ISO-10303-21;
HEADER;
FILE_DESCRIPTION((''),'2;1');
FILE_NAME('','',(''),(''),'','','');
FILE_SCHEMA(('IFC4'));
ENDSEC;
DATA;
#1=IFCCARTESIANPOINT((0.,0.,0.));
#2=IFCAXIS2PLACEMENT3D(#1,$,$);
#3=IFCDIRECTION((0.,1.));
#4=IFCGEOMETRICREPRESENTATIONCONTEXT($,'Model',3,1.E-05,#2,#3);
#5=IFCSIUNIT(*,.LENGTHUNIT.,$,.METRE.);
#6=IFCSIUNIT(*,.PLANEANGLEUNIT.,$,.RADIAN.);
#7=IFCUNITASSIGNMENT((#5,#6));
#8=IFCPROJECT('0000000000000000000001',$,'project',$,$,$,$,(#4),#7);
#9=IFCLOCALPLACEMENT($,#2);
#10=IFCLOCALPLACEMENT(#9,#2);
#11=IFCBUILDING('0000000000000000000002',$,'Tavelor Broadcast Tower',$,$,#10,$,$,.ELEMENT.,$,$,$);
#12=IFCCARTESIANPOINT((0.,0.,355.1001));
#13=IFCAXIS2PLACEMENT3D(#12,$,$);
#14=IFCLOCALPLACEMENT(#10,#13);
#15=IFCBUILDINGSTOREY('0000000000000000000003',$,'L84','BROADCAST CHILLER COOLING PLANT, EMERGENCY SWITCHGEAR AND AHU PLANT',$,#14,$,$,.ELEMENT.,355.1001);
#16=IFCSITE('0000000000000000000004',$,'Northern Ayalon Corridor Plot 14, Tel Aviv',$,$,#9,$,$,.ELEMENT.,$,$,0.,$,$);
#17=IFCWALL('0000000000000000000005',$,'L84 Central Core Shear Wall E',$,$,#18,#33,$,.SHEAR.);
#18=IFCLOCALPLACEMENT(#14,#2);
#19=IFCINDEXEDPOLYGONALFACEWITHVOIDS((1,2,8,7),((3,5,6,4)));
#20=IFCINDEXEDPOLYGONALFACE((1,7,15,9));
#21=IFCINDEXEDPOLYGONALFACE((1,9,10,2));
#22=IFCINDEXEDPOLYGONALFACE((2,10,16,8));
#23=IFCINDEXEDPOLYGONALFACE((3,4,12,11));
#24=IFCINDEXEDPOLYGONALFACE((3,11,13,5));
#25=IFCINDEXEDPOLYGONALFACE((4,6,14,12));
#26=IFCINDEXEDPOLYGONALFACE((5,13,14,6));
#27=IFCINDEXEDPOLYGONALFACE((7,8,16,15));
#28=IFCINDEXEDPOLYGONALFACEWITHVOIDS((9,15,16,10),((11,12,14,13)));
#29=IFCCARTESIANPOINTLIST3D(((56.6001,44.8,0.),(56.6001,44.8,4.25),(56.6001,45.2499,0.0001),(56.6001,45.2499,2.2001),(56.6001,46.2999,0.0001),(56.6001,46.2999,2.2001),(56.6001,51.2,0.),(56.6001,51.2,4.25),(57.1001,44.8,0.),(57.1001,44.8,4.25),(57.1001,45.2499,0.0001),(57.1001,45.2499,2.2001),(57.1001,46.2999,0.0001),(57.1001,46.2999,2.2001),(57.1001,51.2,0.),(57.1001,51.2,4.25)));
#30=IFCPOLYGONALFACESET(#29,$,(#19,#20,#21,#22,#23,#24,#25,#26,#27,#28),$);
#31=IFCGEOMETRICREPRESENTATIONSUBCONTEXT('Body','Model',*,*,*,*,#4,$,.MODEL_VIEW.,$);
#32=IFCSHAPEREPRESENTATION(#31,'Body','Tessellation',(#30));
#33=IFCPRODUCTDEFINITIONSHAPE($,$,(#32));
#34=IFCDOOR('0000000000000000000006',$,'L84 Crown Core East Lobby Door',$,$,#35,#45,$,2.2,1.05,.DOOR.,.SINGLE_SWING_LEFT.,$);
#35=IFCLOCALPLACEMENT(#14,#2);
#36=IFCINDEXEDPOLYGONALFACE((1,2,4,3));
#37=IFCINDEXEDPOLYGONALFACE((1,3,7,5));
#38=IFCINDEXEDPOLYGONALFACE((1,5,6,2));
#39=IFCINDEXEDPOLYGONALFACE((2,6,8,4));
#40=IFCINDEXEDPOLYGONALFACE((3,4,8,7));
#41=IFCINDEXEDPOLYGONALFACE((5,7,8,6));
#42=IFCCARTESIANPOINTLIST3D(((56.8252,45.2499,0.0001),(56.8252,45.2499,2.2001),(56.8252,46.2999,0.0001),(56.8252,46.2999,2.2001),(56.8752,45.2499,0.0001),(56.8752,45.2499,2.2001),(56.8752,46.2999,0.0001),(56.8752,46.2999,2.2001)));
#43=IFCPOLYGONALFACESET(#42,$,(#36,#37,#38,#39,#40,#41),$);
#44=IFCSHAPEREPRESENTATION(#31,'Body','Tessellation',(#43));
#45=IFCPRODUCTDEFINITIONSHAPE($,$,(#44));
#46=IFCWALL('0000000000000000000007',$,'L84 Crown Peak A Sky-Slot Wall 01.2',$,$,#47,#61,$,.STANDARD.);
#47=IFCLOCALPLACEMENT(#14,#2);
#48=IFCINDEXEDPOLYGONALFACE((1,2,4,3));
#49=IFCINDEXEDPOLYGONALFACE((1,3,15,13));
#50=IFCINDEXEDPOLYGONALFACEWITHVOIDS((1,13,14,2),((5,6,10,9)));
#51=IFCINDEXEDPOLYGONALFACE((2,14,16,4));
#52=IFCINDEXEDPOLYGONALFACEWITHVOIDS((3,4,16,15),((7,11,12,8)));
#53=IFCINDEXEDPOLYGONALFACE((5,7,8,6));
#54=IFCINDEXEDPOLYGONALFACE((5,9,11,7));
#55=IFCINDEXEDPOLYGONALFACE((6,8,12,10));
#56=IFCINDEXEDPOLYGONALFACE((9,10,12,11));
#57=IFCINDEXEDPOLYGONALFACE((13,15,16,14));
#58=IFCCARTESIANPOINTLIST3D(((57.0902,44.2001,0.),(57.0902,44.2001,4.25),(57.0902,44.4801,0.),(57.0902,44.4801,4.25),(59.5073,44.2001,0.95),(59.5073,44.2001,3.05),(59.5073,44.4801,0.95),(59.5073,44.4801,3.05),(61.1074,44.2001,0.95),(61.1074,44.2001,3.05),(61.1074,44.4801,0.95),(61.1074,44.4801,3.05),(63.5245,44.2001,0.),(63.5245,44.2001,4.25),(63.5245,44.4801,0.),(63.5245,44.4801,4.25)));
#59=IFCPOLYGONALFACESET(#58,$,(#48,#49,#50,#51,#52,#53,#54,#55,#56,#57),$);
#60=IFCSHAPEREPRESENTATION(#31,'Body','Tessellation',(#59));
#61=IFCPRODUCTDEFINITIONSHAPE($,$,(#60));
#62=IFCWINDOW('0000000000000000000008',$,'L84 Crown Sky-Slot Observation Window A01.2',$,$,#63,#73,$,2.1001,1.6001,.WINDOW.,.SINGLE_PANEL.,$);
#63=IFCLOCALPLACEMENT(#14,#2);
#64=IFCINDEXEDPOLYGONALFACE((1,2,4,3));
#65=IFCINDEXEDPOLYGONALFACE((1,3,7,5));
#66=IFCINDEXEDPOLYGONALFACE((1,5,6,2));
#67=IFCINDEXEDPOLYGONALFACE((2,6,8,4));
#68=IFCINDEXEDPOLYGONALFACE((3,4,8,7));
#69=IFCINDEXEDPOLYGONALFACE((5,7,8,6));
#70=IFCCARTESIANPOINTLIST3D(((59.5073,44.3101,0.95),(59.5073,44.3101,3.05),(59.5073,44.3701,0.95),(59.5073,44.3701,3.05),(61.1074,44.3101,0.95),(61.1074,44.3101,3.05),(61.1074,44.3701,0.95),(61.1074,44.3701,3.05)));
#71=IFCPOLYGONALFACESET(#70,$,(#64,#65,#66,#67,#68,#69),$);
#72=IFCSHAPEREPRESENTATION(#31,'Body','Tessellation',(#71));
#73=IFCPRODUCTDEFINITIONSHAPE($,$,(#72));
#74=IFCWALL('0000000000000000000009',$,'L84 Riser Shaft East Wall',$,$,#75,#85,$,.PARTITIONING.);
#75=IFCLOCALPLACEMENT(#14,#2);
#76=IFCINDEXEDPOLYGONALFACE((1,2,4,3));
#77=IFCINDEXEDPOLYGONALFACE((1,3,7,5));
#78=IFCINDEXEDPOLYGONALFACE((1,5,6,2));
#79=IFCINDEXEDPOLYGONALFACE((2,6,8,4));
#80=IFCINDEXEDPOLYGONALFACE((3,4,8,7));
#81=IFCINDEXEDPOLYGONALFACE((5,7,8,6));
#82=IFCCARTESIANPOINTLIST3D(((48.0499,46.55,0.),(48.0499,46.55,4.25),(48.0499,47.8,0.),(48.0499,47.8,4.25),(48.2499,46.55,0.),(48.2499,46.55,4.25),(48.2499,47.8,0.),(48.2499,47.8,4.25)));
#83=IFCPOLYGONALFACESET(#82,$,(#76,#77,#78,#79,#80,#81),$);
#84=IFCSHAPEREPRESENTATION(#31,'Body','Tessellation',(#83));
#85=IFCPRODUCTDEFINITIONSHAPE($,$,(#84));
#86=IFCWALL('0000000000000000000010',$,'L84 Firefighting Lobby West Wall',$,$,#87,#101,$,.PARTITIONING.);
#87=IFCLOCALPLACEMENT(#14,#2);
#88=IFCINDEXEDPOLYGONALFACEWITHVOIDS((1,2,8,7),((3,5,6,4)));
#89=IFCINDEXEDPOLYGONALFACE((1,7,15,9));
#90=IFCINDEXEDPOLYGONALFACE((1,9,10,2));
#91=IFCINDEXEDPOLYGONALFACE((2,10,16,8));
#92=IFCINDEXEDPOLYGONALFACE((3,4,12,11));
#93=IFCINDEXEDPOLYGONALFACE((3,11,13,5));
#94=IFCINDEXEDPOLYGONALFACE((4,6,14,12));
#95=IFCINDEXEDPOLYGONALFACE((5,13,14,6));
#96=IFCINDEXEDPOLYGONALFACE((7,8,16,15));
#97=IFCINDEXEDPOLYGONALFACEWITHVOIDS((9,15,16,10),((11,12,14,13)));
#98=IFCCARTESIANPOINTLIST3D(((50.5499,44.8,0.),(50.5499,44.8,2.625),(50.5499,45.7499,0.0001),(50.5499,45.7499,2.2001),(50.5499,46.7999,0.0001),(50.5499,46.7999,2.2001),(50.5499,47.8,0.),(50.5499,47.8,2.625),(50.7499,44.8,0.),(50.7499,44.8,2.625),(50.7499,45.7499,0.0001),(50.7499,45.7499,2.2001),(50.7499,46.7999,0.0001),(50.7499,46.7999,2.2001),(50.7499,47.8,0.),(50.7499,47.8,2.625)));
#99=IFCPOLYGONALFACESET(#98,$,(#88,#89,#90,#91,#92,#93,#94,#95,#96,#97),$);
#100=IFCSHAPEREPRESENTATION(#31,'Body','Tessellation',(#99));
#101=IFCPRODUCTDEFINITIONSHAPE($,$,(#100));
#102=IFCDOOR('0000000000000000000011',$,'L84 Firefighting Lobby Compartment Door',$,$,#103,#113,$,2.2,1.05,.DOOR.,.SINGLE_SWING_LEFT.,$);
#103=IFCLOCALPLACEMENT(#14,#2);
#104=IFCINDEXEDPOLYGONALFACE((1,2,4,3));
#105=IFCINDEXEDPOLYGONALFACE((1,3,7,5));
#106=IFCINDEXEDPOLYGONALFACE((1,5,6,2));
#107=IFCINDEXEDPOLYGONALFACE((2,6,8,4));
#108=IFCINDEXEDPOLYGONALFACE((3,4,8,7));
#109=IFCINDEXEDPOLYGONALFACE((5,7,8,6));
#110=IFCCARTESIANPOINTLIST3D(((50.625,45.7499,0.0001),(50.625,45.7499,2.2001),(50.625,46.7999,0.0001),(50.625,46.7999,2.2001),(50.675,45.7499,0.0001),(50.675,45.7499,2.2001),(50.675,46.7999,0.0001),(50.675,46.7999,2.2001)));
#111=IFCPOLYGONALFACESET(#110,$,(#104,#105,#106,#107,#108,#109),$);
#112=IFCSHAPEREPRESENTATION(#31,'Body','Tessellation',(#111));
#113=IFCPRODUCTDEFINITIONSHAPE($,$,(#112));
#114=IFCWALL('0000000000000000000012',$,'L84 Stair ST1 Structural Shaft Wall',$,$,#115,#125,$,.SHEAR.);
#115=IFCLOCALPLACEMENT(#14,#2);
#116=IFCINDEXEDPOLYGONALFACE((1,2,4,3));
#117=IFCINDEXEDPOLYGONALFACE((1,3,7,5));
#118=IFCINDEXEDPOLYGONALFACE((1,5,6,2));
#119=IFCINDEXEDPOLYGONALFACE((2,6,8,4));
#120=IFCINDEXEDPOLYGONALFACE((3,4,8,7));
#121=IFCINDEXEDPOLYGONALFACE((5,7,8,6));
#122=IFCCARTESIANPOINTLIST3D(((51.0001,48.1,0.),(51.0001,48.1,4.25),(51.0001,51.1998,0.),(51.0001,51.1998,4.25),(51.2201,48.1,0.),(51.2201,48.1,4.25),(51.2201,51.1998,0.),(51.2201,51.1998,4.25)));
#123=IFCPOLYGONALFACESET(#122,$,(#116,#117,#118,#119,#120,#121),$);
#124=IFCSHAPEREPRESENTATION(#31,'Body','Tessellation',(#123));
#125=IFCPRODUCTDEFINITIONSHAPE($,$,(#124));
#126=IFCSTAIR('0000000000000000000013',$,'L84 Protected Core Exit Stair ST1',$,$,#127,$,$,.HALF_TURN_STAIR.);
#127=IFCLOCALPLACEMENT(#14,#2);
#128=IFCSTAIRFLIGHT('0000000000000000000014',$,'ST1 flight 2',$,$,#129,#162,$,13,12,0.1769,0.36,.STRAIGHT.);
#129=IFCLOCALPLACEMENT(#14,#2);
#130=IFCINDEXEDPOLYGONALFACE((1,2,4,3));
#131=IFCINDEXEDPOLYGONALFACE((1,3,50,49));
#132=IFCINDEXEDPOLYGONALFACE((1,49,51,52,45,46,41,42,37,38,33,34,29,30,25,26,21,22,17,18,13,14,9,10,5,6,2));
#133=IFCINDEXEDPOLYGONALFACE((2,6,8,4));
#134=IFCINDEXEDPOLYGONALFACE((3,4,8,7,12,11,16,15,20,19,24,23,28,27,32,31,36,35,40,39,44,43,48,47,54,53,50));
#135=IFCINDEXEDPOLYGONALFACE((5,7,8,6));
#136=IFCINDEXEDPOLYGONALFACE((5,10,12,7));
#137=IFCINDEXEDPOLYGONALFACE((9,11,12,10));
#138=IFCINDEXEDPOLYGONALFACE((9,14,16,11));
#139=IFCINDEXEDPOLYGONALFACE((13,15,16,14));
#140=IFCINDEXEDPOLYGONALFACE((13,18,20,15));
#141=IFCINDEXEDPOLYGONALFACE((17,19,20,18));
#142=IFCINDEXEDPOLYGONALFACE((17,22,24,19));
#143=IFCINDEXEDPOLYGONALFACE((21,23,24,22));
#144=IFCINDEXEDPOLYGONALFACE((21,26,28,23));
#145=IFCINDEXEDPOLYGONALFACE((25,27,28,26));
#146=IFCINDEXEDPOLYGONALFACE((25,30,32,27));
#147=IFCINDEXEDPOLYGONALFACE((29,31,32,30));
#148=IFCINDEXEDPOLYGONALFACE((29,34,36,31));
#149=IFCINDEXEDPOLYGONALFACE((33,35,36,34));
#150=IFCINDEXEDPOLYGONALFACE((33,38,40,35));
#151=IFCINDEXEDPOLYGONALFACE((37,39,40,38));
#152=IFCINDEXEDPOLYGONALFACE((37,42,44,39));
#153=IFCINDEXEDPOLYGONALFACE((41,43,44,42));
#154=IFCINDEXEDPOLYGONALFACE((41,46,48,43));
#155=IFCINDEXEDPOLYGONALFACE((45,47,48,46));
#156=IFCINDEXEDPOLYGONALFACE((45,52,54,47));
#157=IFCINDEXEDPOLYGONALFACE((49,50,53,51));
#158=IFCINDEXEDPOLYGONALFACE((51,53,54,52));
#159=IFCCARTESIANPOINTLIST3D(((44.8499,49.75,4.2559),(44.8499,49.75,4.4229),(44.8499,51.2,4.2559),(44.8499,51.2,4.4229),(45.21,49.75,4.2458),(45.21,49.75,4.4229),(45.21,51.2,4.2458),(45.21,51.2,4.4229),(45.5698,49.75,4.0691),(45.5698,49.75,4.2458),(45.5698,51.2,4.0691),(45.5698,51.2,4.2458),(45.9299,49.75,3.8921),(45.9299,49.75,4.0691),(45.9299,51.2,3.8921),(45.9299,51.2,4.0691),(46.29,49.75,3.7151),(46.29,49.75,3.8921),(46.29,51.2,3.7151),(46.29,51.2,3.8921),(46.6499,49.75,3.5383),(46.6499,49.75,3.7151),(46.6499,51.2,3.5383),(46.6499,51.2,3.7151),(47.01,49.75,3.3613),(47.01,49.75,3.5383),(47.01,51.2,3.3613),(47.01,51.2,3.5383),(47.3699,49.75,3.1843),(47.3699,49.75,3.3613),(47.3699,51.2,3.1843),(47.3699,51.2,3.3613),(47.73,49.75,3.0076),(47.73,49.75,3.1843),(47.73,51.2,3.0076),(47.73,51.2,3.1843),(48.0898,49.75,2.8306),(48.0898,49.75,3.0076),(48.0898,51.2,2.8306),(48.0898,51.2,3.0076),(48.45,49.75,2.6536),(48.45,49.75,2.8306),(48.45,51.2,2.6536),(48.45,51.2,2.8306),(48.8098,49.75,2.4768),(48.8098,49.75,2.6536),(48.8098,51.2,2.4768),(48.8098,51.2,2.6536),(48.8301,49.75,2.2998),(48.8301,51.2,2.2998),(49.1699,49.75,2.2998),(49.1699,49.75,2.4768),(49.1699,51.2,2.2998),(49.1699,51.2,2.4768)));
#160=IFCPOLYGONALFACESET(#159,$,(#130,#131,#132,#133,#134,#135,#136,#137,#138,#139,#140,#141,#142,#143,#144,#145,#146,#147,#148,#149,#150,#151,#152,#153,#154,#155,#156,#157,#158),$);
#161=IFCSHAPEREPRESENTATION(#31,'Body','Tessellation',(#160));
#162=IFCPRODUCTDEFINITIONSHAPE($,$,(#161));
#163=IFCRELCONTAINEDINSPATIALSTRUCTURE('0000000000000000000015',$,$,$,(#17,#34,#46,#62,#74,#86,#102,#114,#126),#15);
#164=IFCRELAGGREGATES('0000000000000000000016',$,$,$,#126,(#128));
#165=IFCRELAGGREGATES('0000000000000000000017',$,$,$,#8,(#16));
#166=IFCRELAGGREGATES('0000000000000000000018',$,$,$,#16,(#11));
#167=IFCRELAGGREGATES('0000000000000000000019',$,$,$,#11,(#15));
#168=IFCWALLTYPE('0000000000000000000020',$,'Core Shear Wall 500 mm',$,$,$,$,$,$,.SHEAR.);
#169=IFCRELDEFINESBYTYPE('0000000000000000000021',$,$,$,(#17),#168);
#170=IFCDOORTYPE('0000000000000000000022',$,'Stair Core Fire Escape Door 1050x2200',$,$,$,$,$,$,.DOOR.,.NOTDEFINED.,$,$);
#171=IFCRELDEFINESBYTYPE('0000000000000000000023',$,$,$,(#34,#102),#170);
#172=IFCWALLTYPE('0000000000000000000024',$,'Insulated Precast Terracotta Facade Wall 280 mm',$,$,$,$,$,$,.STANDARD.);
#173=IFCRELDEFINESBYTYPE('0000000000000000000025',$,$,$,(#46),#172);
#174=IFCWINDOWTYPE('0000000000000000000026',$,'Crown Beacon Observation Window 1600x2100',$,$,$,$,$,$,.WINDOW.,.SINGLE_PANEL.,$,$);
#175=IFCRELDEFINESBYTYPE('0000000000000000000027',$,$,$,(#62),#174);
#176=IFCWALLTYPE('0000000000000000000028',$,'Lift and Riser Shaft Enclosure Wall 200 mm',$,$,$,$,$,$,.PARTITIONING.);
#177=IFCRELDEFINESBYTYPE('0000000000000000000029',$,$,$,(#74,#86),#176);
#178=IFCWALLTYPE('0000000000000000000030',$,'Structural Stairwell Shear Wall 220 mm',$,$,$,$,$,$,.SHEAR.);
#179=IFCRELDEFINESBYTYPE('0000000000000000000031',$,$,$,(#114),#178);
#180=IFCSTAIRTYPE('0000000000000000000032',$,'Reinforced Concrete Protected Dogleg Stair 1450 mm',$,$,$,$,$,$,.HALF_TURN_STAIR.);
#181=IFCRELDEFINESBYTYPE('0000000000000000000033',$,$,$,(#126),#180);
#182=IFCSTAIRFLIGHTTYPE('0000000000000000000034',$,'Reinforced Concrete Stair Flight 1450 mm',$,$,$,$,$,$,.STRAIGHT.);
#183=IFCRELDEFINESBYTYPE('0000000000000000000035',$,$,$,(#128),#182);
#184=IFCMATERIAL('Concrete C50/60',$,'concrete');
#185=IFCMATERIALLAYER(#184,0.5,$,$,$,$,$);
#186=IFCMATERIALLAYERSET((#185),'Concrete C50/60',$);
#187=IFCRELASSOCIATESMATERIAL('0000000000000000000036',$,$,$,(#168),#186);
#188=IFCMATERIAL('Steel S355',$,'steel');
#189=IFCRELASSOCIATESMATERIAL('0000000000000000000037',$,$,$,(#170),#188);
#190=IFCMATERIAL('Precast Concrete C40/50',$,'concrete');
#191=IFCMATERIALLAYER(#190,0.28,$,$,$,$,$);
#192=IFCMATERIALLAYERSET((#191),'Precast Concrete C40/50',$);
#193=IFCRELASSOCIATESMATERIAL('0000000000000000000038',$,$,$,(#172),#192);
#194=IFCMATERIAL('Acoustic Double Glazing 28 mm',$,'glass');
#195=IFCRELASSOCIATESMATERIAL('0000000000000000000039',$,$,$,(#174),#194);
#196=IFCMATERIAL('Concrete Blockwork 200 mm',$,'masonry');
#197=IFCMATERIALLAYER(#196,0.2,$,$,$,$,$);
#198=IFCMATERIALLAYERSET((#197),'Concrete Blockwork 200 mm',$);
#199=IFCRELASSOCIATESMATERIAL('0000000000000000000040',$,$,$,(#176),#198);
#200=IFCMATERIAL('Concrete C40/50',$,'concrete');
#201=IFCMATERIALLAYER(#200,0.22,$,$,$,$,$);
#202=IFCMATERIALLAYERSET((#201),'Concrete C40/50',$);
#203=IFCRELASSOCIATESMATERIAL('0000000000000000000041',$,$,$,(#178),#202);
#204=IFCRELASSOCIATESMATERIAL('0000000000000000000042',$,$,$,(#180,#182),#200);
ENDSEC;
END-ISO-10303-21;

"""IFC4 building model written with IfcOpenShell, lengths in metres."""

from ifc_helpers import new_model, si_unit, direction, frame, frame_2d, origin, place, context, subcontext, project, spatial, polyline, rectangle, outline, extrude, material, layer, layer_set, type_object, element, fill, aggregate, save


model = new_model("IFC4")

# Units and contexts
model_context = context("Model", 3, precision=1e-05, world=origin(), true_north=direction((0.0, 1.0)))
body_context = subcontext(model_context, "Body", "Model", "MODEL_VIEW")
ifc_project = project(units=[si_unit("LENGTHUNIT", "METRE"), si_unit("PLANEANGLEUNIT", "RADIAN")], contexts=[model_context])

# Site, building, storey
site_placement = place(None, origin())
site = spatial("IfcSite", under=ifc_project, at=site_placement, Name="Northern Ayalon Corridor Plot 14, Tel Aviv", CompositionType="ELEMENT", RefElevation=0.0)
building_placement = place(site_placement, origin())
building = spatial("IfcBuilding", under=site, at=building_placement, Name="Tavelor Broadcast Tower", CompositionType="ELEMENT")
storey_placement = place(building_placement, frame((0.0, 0.0, 355.1001)))
storey = spatial("IfcBuildingStorey", under=building, at=storey_placement, Name="L84", Description="BROADCAST CHILLER COOLING PLANT, EMERGENCY SWITCHGEAR AND AHU PLANT", CompositionType="ELEMENT", Elevation=355.1001)

# Shared definitions
ifc_material_1 = material(Name="Concrete C50/60", Category="concrete")

# Shared definitions
ifc_material_2 = material(Name="Concrete C40/50", Category="concrete")
ifc_material_3 = material(Name="Steel S355", Category="steel")

# Wall, opening, door
ifc_layer_1 = layer(ifc_material_1, 0.5)
ifc_layer_set_1 = layer_set([ifc_layer_1], Name="Concrete C50/60")
wall_type_1 = type_object("IfcWallType", Name="Core Shear Wall 500 mm", PredefinedType="SHEAR", material=ifc_layer_set_1)
wall_1_placement = place(storey_placement, frame((56.8501, 44.8, 0.0), z_axis=(0.0, 0.0, 1.0), x_axis=(0.0, 1.0, 0.0)))
wall_1 = element("IfcWall", 1, at=wall_1_placement, inside=storey, type_object=wall_type_1, Name="L84 Central Core Shear Wall E", PredefinedType="SHEAR", context=body_context, shape_type="SweptSolid", body=[
    extrude(rectangle(XDim=6.3999, YDim=0.5, at=frame_2d((3.2, 0.0))), origin(), (0.0, 0.0, 1.0), 4.25),
])
opening_1_placement = place(wall_1_placement, frame((0.45, 0.0, 0.0)))
opening_1 = element("IfcOpeningElement", 2, at=opening_1_placement, cuts=wall_1, PredefinedType="OPENING", context=body_context, shape_type="SweptSolid", body=[
    extrude(rectangle(XDim=1.05, YDim=2.2, at=frame_2d((0.5249, 1.1001))), frame((0.0, 0.26, 0.0), z_axis=(0.0, -1.0, 0.0), x_axis=(1.0, 0.0, 0.0)), (0.0, 0.0, 1.0), 0.52),
])
door_type = type_object("IfcDoorType", Name="Stair Core Fire Escape Door 1050x2200", OperationType="NOTDEFINED", PredefinedType="DOOR", material=ifc_material_3)
door_1_placement = place(opening_1_placement, origin())
door_1 = element("IfcDoor", 3, at=door_1_placement, inside=storey, type_object=door_type, Name="L84 Crown Core East Lobby Door", OperationType="SINGLE_SWING_LEFT", OverallHeight=2.2, OverallWidth=1.05, PredefinedType="DOOR", context=body_context, shape_type="SweptSolid", body=[
    extrude(rectangle(XDim=1.05, YDim=2.2, at=frame_2d((0.5249, 1.1001))), frame((0.0, 0.0249, 0.0), z_axis=(0.0, -1.0, 0.0), x_axis=(1.0, 0.0, 0.0)), (0.0, 0.0, 1.0), 0.05),
])
fill(opening_1, door_1)

# Wall, opening, window
ifc_material_4 = material(Name="Precast Concrete C40/50", Category="concrete")
ifc_layer_2 = layer(ifc_material_4, 0.28)
ifc_layer_set_2 = layer_set([ifc_layer_2], Name="Precast Concrete C40/50")
wall_type_2 = type_object("IfcWallType", Name="Insulated Precast Terracotta Facade Wall 280 mm", PredefinedType="STANDARD", material=ifc_layer_set_2)
wall_2_placement = place(storey_placement, frame((57.0901, 44.3401, 0.0), z_axis=(0.0, 0.0, 1.0), x_axis=(1.0, 0.0, 0.0)))
wall_2 = element("IfcWall", 4, at=wall_2_placement, inside=storey, type_object=wall_type_2, Name="L84 Crown Peak A Sky-Slot Wall 01.2", PredefinedType="STANDARD", context=body_context, shape_type="SweptSolid", body=[
    extrude(rectangle(XDim=6.4343, YDim=0.28, at=frame_2d((3.2173, 0.0))), origin(), (0.0, 0.0, 1.0), 4.25),
])
opening_2_placement = place(wall_2_placement, frame((2.4172, 0.0, 0.95)))
opening_2 = element("IfcOpeningElement", 5, at=opening_2_placement, cuts=wall_2, PredefinedType="OPENING", context=body_context, shape_type="SweptSolid", body=[
    extrude(rectangle(XDim=1.6001, YDim=2.1001, at=frame_2d((0.8, 1.05))), frame((0.0, 0.1499, 0.0), z_axis=(0.0, -1.0, 0.0), x_axis=(1.0, 0.0, 0.0)), (0.0, 0.0, 1.0), 0.3),
])
ifc_material_5 = material(Name="Acoustic Double Glazing 28 mm", Category="glass")
window_type = type_object("IfcWindowType", Name="Crown Beacon Observation Window 1600x2100", PartitioningType="SINGLE_PANEL", PredefinedType="WINDOW", material=ifc_material_5)
window_placement = place(opening_2_placement, origin())
window = element("IfcWindow", 6, at=window_placement, inside=storey, type_object=window_type, Name="L84 Crown Sky-Slot Observation Window A01.2", OverallHeight=2.1001, OverallWidth=1.6001, PartitioningType="SINGLE_PANEL", PredefinedType="WINDOW", context=body_context, shape_type="SweptSolid", body=[
    extrude(rectangle(XDim=1.6001, YDim=2.1001, at=frame_2d((0.8, 1.05))), frame((0.0, 0.03, 0.0), z_axis=(0.0, -1.0, 0.0), x_axis=(1.0, 0.0, 0.0)), (0.0, 0.0, 1.0), 0.0601),
])
fill(opening_2, window)

# Wall
ifc_material_6 = material(Name="Concrete Blockwork 200 mm", Category="masonry")
ifc_layer_3 = layer(ifc_material_6, 0.2)
ifc_layer_set_3 = layer_set([ifc_layer_3], Name="Concrete Blockwork 200 mm")
wall_type_3 = type_object("IfcWallType", Name="Lift and Riser Shaft Enclosure Wall 200 mm", PredefinedType="PARTITIONING", material=ifc_layer_set_3)
wall_3_placement = place(storey_placement, frame((48.1499, 46.55, 0.0), z_axis=(0.0, 0.0, 1.0), x_axis=(0.0, 1.0, 0.0)))
element("IfcWall", 7, at=wall_3_placement, inside=storey, type_object=wall_type_3, Name="L84 Riser Shaft East Wall", PredefinedType="PARTITIONING", context=body_context, shape_type="SweptSolid", body=[
    extrude(rectangle(XDim=1.25, YDim=0.2, at=frame_2d((0.625, 0.0))), origin(), (0.0, 0.0, 1.0), 4.25),
])

# Wall, opening, door
wall_4_placement = place(storey_placement, frame((50.6499, 44.8, 0.0), z_axis=(0.0, 0.0, 1.0), x_axis=(0.0, 1.0, 0.0)))
wall_4 = element("IfcWall", 8, at=wall_4_placement, inside=storey, type_object=wall_type_3, Name="L84 Firefighting Lobby West Wall", PredefinedType="PARTITIONING", context=body_context, shape_type="SweptSolid", body=[
    extrude(rectangle(XDim=3.0, YDim=0.2, at=frame_2d((1.5, 0.0))), origin(), (0.0, 0.0, 1.0), 2.625),
])
opening_3_placement = place(wall_4_placement, frame((0.95, 0.0, 0.0)))
opening_3 = element("IfcOpeningElement", 9, at=opening_3_placement, cuts=wall_4, PredefinedType="OPENING", context=body_context, shape_type="SweptSolid", body=[
    extrude(rectangle(XDim=1.05, YDim=2.2, at=frame_2d((0.5249, 1.1001))), frame((0.0, 0.1099, 0.0), z_axis=(0.0, -1.0, 0.0), x_axis=(1.0, 0.0, 0.0)), (0.0, 0.0, 1.0), 0.22),
])
door_2_placement = place(opening_3_placement, origin())
door_2 = element("IfcDoor", 10, at=door_2_placement, inside=storey, type_object=door_type, Name="L84 Firefighting Lobby Compartment Door", OperationType="SINGLE_SWING_LEFT", OverallHeight=2.2, OverallWidth=1.05, PredefinedType="DOOR", context=body_context, shape_type="SweptSolid", body=[
    extrude(rectangle(XDim=1.05, YDim=2.2, at=frame_2d((0.5249, 1.1001))), frame((0.0, 0.0249, 0.0), z_axis=(0.0, -1.0, 0.0), x_axis=(1.0, 0.0, 0.0)), (0.0, 0.0, 1.0), 0.05),
])
fill(opening_3, door_2)

# Wall
ifc_layer_4 = layer(ifc_material_2, 0.22)
ifc_layer_set_4 = layer_set([ifc_layer_4], Name="Concrete C40/50")
wall_type_4 = type_object("IfcWallType", Name="Structural Stairwell Shear Wall 220 mm", PredefinedType="SHEAR", material=ifc_layer_set_4)
wall_5_placement = place(storey_placement, frame((51.1101, 48.1001, 0.0), z_axis=(0.0, 0.0, 1.0), x_axis=(0.0, 1.0, 0.0)))
element("IfcWall", 11, at=wall_5_placement, inside=storey, type_object=wall_type_4, Name="L84 Stair ST1 Structural Shaft Wall", PredefinedType="SHEAR", context=body_context, shape_type="SweptSolid", body=[
    extrude(rectangle(XDim=3.0999, YDim=0.22, at=frame_2d((1.5498, 0.0))), origin(), (0.0, 0.0, 1.0), 4.25),
])

# Stair, stair flight
stair_type = type_object("IfcStairType", Name="Reinforced Concrete Protected Dogleg Stair 1450 mm", PredefinedType="HALF_TURN_STAIR", material=ifc_material_2)
stair_placement = place(storey_placement, origin())
stair = element("IfcStair", 12, at=stair_placement, inside=storey, type_object=stair_type, Name="L84 Protected Core Exit Stair ST1", PredefinedType="HALF_TURN_STAIR")
stair_flight_type = type_object("IfcStairFlightType", Name="Reinforced Concrete Stair Flight 1450 mm", PredefinedType="STRAIGHT", material=ifc_material_2)
stair_flight_placement = place(storey_placement, frame((49.1699, 50.4751, 2.2998), z_axis=(0.0, 0.0, 1.0), x_axis=(-1.0, 0.0, 0.0)))
stair_flight = element("IfcStairFlight", 13, at=stair_flight_placement, type_object=stair_flight_type, Name="ST1 flight 2", NumberOfRisers=13, NumberOfTreads=12, PredefinedType="STRAIGHT", RiserHeight=0.1769, TreadLength=0.36, context=body_context, shape_type="SweptSolid", body=[
    extrude(outline(polyline([(0.0, 0.0), (0.0, 0.177), (0.3601, 0.177), (0.3601, 0.3538), (0.72, 0.3538), (0.72, 0.5308), (1.0801, 0.5308), (1.0801, 0.7078), (1.4399, 0.7078), (1.4399, 0.8845), (1.8, 0.8845), (1.8, 1.0615), (2.1599, 1.0615), (2.1599, 1.2385), (2.52, 1.2385), (2.52, 1.4153), (2.8799, 1.4153), (2.8799, 1.5923), (3.24, 1.5923), (3.24, 1.7693), (3.6001, 1.7693), (3.6001, 1.946), (3.96, 1.946), (3.96, 2.123), (4.3201, 2.123), (4.3201, 2.3), (4.3201, 1.9561), (0.3398, 0.0), (0.0, 0.0)])), frame((0.0, 0.7251, 0.0), z_axis=(0.0, -1.0, 0.0), x_axis=(1.0, 0.0, 0.0)), (0.0, 0.0, 1.0), 1.45),
])
aggregate(stair, [stair_flight])

save(model, "model.ifc")
